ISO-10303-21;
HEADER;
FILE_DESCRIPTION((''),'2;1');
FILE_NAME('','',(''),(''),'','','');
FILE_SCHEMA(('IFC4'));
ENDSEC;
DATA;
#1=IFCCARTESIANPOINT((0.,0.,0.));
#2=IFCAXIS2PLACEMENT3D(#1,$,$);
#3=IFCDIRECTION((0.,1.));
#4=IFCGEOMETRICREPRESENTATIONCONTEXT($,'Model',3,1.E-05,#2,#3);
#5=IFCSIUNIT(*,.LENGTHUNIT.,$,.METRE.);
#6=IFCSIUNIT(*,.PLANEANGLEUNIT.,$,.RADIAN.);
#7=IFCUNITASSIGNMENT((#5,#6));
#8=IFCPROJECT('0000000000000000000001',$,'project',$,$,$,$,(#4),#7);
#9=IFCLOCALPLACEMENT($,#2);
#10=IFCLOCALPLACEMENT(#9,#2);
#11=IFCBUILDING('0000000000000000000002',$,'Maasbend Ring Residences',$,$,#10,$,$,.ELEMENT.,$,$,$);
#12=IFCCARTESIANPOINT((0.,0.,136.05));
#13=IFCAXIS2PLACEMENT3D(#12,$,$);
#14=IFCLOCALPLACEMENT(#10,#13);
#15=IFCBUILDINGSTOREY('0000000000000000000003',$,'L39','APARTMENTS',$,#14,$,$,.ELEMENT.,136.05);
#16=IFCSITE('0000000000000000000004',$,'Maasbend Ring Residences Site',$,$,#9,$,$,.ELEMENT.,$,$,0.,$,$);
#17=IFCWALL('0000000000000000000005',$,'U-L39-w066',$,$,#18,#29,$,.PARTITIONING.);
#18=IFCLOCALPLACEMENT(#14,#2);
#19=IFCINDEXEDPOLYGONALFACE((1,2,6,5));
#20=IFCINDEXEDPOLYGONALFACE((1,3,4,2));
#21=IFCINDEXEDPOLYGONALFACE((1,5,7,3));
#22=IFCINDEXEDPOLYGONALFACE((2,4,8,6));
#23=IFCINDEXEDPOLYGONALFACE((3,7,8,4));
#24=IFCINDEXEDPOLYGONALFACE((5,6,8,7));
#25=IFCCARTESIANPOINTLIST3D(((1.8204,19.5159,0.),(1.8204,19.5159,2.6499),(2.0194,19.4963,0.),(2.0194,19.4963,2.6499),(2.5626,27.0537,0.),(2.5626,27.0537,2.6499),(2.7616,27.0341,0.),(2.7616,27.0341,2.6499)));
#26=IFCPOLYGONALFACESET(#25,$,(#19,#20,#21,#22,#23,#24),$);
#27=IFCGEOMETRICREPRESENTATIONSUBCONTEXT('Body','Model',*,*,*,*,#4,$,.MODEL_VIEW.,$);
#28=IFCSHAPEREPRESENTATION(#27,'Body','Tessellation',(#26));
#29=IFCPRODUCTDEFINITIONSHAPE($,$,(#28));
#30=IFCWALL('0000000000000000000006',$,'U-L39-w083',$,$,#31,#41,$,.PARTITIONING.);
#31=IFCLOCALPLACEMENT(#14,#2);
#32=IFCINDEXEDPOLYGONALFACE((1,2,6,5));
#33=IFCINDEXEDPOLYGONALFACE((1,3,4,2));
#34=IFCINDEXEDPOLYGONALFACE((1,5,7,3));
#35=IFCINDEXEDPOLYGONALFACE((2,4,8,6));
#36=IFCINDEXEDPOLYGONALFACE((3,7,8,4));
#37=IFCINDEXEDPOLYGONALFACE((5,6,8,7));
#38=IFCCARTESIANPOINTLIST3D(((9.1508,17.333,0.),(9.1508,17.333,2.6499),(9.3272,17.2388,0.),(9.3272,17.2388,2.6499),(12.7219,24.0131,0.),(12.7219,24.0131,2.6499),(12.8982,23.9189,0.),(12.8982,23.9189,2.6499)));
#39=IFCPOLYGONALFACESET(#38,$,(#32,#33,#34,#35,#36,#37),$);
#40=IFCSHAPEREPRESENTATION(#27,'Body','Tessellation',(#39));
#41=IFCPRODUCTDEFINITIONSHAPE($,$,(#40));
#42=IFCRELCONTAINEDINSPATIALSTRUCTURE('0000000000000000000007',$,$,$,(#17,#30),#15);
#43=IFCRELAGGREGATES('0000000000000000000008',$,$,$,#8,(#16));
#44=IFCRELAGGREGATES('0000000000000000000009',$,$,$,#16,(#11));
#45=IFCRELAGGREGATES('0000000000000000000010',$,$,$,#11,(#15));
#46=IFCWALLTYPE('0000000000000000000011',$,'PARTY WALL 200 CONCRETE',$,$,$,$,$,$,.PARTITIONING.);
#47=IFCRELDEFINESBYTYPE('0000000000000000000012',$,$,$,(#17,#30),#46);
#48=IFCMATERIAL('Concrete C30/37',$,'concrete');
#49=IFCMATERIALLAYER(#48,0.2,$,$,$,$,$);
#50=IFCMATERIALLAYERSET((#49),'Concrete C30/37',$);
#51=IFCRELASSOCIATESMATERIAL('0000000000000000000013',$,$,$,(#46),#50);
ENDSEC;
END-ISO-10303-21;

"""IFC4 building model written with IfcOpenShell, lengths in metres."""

from ifc_helpers import new_model, si_unit, direction, frame, frame_2d, origin, place, context, subcontext, project, spatial, rectangle, extrude, material, layer, layer_set, type_object, element, save


model = new_model("IFC4")

# Units and contexts
model_context = context("Model", 3, precision=1e-05, world=origin(), true_north=direction((0.0, 1.0)))
body_context = subcontext(model_context, "Body", "Model", "MODEL_VIEW")
ifc_project = project(units=[si_unit("LENGTHUNIT", "METRE"), si_unit("PLANEANGLEUNIT", "RADIAN")], contexts=[model_context])

# Site, building, storey
site_placement = place(None, origin())
site = spatial("IfcSite", under=ifc_project, at=site_placement, Name="Maasbend Ring Residences Site", CompositionType="ELEMENT", RefElevation=0.0)
building_placement = place(site_placement, origin())
building = spatial("IfcBuilding", under=site, at=building_placement, Name="Maasbend Ring Residences", CompositionType="ELEMENT")
storey_placement = place(building_placement, frame((0.0, 0.0, 136.05)))
storey = spatial("IfcBuildingStorey", under=building, at=storey_placement, Name="L39", Description="APARTMENTS", CompositionType="ELEMENT", Elevation=136.05)

# Walls
ifc_material_1 = material(Name="Concrete C30/37", Category="concrete")
ifc_layer_1 = layer(ifc_material_1, 0.2)
ifc_layer_set_1 = layer_set([ifc_layer_1], Name="Concrete C30/37")
wall_type_1 = type_object("IfcWallType", Name="PARTY WALL 200 CONCRETE", PredefinedType="PARTITIONING", material=ifc_layer_set_1)
wall_1_placement = place(storey_placement, frame((1.9199, 19.5061, 0.0), z_axis=(0.0, 0.0, 1.0), x_axis=(0.097988, 0.995188, 0.0)))
element("IfcWall", 1, at=wall_1_placement, inside=storey, type_object=wall_type_1, Name="U-L39-w066", PredefinedType="PARTITIONING", context=body_context, shape_type="SweptSolid", body=[
    extrude(rectangle(XDim=7.5742, YDim=0.2, at=frame_2d((3.7871, 0.0))), origin(), (0.0, 0.0, 1.0), 2.6499),
])
wall_2_placement = place(storey_placement, frame((9.239, 17.2859, 0.0), z_axis=(0.0, 0.0, 1.0), x_axis=(0.47144, 0.881898, 0.0)))
element("IfcWall", 2, at=wall_2_placement, inside=storey, type_object=wall_type_1, Name="U-L39-w083", PredefinedType="PARTITIONING", context=body_context, shape_type="SweptSolid", body=[
    extrude(rectangle(XDim=7.5747, YDim=0.2, at=frame_2d((3.7874, 0.0))), origin(), (0.0, 0.0, 1.0), 2.6499),
])

save(model, "model.ifc")
